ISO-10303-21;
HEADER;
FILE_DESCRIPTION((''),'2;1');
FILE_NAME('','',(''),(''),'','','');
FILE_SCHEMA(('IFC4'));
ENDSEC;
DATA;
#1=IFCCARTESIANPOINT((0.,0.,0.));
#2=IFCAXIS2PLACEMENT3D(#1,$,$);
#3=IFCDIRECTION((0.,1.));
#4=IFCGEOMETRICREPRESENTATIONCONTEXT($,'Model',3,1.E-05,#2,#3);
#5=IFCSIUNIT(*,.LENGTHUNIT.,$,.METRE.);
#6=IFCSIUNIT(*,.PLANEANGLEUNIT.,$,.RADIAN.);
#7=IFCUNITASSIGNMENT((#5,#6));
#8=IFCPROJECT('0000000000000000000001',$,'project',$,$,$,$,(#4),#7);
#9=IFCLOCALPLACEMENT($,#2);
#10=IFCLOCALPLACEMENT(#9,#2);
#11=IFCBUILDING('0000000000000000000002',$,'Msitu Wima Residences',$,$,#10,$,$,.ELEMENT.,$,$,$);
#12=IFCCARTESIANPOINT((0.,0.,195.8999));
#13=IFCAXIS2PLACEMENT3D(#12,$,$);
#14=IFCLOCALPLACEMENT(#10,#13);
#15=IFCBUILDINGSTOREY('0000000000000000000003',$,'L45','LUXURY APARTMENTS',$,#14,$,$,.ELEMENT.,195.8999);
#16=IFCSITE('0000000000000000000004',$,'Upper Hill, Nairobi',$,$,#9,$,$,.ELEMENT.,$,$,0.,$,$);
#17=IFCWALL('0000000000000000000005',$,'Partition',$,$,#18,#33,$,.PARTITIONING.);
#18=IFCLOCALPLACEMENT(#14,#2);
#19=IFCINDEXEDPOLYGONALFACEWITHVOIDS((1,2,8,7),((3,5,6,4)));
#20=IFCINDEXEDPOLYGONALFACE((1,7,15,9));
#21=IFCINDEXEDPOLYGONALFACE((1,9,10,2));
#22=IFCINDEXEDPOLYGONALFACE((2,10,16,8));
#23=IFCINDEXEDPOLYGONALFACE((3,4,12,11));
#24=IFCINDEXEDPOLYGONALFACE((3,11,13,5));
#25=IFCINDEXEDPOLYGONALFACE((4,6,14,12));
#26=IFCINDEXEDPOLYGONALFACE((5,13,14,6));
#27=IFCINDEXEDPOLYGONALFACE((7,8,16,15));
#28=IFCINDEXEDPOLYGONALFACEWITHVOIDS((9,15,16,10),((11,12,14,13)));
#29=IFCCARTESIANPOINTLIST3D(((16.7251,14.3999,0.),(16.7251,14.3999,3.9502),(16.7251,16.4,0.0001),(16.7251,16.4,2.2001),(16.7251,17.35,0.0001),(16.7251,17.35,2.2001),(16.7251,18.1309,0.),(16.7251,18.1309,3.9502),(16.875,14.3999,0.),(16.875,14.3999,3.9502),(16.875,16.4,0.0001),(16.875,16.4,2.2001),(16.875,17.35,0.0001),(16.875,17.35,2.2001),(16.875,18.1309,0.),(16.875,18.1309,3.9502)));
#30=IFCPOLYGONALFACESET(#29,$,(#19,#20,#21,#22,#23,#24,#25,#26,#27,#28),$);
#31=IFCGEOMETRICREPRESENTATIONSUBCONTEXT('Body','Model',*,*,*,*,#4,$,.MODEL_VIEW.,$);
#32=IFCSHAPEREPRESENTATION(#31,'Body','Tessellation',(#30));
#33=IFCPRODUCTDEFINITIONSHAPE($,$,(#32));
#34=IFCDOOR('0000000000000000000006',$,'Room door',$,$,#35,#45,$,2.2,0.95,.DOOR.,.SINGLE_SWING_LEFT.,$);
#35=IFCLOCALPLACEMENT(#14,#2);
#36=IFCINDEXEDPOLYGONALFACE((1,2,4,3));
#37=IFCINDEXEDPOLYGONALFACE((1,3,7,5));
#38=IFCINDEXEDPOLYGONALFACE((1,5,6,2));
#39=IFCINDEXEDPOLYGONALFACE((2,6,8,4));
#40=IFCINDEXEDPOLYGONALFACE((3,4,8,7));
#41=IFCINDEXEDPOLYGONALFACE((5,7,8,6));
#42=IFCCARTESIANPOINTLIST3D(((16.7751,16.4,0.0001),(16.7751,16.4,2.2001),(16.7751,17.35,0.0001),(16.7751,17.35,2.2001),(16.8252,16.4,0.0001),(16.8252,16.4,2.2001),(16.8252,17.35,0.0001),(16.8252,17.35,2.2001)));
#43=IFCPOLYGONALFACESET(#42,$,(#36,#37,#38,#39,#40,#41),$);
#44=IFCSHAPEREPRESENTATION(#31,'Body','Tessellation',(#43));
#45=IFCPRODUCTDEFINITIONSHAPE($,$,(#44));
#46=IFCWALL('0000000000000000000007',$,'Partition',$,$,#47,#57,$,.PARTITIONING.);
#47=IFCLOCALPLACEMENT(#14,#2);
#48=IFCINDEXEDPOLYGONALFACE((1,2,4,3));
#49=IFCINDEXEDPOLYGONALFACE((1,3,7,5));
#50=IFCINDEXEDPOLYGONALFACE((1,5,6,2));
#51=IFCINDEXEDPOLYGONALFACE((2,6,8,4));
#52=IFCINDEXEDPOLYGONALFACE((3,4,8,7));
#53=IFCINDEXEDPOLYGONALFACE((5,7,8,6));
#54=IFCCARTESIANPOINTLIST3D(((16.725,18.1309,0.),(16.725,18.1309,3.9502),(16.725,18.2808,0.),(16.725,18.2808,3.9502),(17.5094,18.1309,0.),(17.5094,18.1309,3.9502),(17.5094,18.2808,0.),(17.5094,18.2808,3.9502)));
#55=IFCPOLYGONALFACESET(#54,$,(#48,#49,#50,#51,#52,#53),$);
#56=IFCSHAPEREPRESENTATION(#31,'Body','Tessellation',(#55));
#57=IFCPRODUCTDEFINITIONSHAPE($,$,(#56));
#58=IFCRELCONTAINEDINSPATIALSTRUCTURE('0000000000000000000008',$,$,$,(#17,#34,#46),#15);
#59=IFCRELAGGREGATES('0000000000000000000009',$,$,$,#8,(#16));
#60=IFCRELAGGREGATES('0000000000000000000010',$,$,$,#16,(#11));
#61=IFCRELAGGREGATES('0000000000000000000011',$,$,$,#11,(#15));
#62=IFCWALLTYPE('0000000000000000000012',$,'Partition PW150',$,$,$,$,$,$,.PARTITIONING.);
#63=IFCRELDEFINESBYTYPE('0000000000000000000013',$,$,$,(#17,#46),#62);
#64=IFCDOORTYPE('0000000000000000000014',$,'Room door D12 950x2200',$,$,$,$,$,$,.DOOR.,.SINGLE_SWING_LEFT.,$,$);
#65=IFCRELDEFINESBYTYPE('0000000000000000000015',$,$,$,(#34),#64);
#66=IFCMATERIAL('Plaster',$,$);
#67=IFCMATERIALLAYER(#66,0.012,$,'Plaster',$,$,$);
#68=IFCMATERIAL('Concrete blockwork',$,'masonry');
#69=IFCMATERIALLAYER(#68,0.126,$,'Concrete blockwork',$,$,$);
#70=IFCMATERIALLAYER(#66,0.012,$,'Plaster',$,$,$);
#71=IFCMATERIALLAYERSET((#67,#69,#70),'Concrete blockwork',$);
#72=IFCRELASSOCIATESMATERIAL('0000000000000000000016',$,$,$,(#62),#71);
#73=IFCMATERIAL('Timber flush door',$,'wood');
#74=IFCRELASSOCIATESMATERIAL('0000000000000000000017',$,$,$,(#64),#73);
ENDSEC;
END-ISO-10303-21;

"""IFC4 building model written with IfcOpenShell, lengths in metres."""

from ifc_helpers import new_model, si_unit, direction, frame, frame_2d, origin, place, context, subcontext, project, spatial, rectangle, extrude, material, layer, layer_set, type_object, element, fill, save


model = new_model("IFC4")

# Units and contexts
model_context = context("Model", 3, precision=1e-05, world=origin(), true_north=direction((0.0, 1.0)))
body_context = subcontext(model_context, "Body", "Model", "MODEL_VIEW")
ifc_project = project(units=[si_unit("LENGTHUNIT", "METRE"), si_unit("PLANEANGLEUNIT", "RADIAN")], contexts=[model_context])

# Site, building, storey
site_placement = place(None, origin())
site = spatial("IfcSite", under=ifc_project, at=site_placement, Name="Upper Hill, Nairobi", CompositionType="ELEMENT", RefElevation=0.0)
building_placement = place(site_placement, origin())
building = spatial("IfcBuilding", under=site, at=building_placement, Name="Msitu Wima Residences", CompositionType="ELEMENT")
storey_placement = place(building_placement, frame((0.0, 0.0, 195.8999)))
storey = spatial("IfcBuildingStorey", under=building, at=storey_placement, Name="L45", Description="LUXURY APARTMENTS", CompositionType="ELEMENT", Elevation=195.8999)

# Shared definitions
ifc_material_1 = material(Name="Plaster")
ifc_material_2 = material(Name="Concrete blockwork", Category="masonry")

# Shared definitions
ifc_layer_1 = layer(ifc_material_1, 0.012, Name="Plaster")
ifc_layer_2 = layer(ifc_material_2, 0.126, Name="Concrete blockwork")
ifc_layer_3 = layer(ifc_material_1, 0.012, Name="Plaster")
ifc_layer_set_1 = layer_set([ifc_layer_1, ifc_layer_2, ifc_layer_3], Name="Concrete blockwork")
wall_type_1 = type_object("IfcWallType", Name="Partition PW150", PredefinedType="PARTITIONING", material=ifc_layer_set_1)
ifc_material_3 = material(Name="Timber flush door", Category="wood")
door_type_1 = type_object("IfcDoorType", Name="Room door D12 950x2200", OperationType="SINGLE_SWING_LEFT", PredefinedType="DOOR", material=ifc_material_3)

# Wall, opening, door
wall_1_placement = place(storey_placement, frame((16.8, 14.3999, 0.0), z_axis=(0.0, 0.0, 1.0), x_axis=(0.0, 1.0, 0.0)))
wall_1 = element("IfcWall", 1, at=wall_1_placement, inside=storey, type_object=wall_type_1, Name="Partition", PredefinedType="PARTITIONING", context=body_context, shape_type="SweptSolid", body=[
    extrude(rectangle(XDim=3.731, YDim=0.1499, at=frame_2d((1.8655, 0.0))), origin(), (0.0, 0.0, 1.0), 3.9502),
])
opening_1_placement = place(wall_1_placement, frame((2.0, 0.0, 0.0)))
opening_1 = element("IfcOpeningElement", 2, at=opening_1_placement, cuts=wall_1, PredefinedType="OPENING", context=body_context, shape_type="SweptSolid", body=[
    extrude(rectangle(XDim=0.95, YDim=2.2, at=frame_2d((0.4751, 1.1001))), frame((0.0, 0.085, 0.0), z_axis=(0.0, -1.0, 0.0), x_axis=(1.0, 0.0, 0.0)), (0.0, 0.0, 1.0), 0.1699),
])
door_1_placement = place(opening_1_placement, origin())
door_1 = element("IfcDoor", 3, at=door_1_placement, inside=storey, type_object=door_type_1, Name="Room door", OperationType="SINGLE_SWING_LEFT", OverallHeight=2.2, OverallWidth=0.95, PredefinedType="DOOR", context=body_context, shape_type="SweptSolid", body=[
    extrude(rectangle(XDim=0.95, YDim=2.2, at=frame_2d((0.4751, 1.1001))), frame((0.0, 0.0249, 0.0), z_axis=(0.0, -1.0, 0.0), x_axis=(1.0, 0.0, 0.0)), (0.0, 0.0, 1.0), 0.05),
])
fill(opening_1, door_1)

# Wall
wall_2_placement = place(storey_placement, frame((16.7251, 18.2058, 0.0), z_axis=(0.0, 0.0, 1.0), x_axis=(1.0, 0.0, 0.0)))
element("IfcWall", 4, at=wall_2_placement, inside=storey, type_object=wall_type_1, Name="Partition", PredefinedType="PARTITIONING", context=body_context, shape_type="SweptSolid", body=[
    extrude(rectangle(XDim=0.7844, YDim=0.1499, at=frame_2d((0.3921, 0.0))), origin(), (0.0, 0.0, 1.0), 3.9502),
])

save(model, "model.ifc")
